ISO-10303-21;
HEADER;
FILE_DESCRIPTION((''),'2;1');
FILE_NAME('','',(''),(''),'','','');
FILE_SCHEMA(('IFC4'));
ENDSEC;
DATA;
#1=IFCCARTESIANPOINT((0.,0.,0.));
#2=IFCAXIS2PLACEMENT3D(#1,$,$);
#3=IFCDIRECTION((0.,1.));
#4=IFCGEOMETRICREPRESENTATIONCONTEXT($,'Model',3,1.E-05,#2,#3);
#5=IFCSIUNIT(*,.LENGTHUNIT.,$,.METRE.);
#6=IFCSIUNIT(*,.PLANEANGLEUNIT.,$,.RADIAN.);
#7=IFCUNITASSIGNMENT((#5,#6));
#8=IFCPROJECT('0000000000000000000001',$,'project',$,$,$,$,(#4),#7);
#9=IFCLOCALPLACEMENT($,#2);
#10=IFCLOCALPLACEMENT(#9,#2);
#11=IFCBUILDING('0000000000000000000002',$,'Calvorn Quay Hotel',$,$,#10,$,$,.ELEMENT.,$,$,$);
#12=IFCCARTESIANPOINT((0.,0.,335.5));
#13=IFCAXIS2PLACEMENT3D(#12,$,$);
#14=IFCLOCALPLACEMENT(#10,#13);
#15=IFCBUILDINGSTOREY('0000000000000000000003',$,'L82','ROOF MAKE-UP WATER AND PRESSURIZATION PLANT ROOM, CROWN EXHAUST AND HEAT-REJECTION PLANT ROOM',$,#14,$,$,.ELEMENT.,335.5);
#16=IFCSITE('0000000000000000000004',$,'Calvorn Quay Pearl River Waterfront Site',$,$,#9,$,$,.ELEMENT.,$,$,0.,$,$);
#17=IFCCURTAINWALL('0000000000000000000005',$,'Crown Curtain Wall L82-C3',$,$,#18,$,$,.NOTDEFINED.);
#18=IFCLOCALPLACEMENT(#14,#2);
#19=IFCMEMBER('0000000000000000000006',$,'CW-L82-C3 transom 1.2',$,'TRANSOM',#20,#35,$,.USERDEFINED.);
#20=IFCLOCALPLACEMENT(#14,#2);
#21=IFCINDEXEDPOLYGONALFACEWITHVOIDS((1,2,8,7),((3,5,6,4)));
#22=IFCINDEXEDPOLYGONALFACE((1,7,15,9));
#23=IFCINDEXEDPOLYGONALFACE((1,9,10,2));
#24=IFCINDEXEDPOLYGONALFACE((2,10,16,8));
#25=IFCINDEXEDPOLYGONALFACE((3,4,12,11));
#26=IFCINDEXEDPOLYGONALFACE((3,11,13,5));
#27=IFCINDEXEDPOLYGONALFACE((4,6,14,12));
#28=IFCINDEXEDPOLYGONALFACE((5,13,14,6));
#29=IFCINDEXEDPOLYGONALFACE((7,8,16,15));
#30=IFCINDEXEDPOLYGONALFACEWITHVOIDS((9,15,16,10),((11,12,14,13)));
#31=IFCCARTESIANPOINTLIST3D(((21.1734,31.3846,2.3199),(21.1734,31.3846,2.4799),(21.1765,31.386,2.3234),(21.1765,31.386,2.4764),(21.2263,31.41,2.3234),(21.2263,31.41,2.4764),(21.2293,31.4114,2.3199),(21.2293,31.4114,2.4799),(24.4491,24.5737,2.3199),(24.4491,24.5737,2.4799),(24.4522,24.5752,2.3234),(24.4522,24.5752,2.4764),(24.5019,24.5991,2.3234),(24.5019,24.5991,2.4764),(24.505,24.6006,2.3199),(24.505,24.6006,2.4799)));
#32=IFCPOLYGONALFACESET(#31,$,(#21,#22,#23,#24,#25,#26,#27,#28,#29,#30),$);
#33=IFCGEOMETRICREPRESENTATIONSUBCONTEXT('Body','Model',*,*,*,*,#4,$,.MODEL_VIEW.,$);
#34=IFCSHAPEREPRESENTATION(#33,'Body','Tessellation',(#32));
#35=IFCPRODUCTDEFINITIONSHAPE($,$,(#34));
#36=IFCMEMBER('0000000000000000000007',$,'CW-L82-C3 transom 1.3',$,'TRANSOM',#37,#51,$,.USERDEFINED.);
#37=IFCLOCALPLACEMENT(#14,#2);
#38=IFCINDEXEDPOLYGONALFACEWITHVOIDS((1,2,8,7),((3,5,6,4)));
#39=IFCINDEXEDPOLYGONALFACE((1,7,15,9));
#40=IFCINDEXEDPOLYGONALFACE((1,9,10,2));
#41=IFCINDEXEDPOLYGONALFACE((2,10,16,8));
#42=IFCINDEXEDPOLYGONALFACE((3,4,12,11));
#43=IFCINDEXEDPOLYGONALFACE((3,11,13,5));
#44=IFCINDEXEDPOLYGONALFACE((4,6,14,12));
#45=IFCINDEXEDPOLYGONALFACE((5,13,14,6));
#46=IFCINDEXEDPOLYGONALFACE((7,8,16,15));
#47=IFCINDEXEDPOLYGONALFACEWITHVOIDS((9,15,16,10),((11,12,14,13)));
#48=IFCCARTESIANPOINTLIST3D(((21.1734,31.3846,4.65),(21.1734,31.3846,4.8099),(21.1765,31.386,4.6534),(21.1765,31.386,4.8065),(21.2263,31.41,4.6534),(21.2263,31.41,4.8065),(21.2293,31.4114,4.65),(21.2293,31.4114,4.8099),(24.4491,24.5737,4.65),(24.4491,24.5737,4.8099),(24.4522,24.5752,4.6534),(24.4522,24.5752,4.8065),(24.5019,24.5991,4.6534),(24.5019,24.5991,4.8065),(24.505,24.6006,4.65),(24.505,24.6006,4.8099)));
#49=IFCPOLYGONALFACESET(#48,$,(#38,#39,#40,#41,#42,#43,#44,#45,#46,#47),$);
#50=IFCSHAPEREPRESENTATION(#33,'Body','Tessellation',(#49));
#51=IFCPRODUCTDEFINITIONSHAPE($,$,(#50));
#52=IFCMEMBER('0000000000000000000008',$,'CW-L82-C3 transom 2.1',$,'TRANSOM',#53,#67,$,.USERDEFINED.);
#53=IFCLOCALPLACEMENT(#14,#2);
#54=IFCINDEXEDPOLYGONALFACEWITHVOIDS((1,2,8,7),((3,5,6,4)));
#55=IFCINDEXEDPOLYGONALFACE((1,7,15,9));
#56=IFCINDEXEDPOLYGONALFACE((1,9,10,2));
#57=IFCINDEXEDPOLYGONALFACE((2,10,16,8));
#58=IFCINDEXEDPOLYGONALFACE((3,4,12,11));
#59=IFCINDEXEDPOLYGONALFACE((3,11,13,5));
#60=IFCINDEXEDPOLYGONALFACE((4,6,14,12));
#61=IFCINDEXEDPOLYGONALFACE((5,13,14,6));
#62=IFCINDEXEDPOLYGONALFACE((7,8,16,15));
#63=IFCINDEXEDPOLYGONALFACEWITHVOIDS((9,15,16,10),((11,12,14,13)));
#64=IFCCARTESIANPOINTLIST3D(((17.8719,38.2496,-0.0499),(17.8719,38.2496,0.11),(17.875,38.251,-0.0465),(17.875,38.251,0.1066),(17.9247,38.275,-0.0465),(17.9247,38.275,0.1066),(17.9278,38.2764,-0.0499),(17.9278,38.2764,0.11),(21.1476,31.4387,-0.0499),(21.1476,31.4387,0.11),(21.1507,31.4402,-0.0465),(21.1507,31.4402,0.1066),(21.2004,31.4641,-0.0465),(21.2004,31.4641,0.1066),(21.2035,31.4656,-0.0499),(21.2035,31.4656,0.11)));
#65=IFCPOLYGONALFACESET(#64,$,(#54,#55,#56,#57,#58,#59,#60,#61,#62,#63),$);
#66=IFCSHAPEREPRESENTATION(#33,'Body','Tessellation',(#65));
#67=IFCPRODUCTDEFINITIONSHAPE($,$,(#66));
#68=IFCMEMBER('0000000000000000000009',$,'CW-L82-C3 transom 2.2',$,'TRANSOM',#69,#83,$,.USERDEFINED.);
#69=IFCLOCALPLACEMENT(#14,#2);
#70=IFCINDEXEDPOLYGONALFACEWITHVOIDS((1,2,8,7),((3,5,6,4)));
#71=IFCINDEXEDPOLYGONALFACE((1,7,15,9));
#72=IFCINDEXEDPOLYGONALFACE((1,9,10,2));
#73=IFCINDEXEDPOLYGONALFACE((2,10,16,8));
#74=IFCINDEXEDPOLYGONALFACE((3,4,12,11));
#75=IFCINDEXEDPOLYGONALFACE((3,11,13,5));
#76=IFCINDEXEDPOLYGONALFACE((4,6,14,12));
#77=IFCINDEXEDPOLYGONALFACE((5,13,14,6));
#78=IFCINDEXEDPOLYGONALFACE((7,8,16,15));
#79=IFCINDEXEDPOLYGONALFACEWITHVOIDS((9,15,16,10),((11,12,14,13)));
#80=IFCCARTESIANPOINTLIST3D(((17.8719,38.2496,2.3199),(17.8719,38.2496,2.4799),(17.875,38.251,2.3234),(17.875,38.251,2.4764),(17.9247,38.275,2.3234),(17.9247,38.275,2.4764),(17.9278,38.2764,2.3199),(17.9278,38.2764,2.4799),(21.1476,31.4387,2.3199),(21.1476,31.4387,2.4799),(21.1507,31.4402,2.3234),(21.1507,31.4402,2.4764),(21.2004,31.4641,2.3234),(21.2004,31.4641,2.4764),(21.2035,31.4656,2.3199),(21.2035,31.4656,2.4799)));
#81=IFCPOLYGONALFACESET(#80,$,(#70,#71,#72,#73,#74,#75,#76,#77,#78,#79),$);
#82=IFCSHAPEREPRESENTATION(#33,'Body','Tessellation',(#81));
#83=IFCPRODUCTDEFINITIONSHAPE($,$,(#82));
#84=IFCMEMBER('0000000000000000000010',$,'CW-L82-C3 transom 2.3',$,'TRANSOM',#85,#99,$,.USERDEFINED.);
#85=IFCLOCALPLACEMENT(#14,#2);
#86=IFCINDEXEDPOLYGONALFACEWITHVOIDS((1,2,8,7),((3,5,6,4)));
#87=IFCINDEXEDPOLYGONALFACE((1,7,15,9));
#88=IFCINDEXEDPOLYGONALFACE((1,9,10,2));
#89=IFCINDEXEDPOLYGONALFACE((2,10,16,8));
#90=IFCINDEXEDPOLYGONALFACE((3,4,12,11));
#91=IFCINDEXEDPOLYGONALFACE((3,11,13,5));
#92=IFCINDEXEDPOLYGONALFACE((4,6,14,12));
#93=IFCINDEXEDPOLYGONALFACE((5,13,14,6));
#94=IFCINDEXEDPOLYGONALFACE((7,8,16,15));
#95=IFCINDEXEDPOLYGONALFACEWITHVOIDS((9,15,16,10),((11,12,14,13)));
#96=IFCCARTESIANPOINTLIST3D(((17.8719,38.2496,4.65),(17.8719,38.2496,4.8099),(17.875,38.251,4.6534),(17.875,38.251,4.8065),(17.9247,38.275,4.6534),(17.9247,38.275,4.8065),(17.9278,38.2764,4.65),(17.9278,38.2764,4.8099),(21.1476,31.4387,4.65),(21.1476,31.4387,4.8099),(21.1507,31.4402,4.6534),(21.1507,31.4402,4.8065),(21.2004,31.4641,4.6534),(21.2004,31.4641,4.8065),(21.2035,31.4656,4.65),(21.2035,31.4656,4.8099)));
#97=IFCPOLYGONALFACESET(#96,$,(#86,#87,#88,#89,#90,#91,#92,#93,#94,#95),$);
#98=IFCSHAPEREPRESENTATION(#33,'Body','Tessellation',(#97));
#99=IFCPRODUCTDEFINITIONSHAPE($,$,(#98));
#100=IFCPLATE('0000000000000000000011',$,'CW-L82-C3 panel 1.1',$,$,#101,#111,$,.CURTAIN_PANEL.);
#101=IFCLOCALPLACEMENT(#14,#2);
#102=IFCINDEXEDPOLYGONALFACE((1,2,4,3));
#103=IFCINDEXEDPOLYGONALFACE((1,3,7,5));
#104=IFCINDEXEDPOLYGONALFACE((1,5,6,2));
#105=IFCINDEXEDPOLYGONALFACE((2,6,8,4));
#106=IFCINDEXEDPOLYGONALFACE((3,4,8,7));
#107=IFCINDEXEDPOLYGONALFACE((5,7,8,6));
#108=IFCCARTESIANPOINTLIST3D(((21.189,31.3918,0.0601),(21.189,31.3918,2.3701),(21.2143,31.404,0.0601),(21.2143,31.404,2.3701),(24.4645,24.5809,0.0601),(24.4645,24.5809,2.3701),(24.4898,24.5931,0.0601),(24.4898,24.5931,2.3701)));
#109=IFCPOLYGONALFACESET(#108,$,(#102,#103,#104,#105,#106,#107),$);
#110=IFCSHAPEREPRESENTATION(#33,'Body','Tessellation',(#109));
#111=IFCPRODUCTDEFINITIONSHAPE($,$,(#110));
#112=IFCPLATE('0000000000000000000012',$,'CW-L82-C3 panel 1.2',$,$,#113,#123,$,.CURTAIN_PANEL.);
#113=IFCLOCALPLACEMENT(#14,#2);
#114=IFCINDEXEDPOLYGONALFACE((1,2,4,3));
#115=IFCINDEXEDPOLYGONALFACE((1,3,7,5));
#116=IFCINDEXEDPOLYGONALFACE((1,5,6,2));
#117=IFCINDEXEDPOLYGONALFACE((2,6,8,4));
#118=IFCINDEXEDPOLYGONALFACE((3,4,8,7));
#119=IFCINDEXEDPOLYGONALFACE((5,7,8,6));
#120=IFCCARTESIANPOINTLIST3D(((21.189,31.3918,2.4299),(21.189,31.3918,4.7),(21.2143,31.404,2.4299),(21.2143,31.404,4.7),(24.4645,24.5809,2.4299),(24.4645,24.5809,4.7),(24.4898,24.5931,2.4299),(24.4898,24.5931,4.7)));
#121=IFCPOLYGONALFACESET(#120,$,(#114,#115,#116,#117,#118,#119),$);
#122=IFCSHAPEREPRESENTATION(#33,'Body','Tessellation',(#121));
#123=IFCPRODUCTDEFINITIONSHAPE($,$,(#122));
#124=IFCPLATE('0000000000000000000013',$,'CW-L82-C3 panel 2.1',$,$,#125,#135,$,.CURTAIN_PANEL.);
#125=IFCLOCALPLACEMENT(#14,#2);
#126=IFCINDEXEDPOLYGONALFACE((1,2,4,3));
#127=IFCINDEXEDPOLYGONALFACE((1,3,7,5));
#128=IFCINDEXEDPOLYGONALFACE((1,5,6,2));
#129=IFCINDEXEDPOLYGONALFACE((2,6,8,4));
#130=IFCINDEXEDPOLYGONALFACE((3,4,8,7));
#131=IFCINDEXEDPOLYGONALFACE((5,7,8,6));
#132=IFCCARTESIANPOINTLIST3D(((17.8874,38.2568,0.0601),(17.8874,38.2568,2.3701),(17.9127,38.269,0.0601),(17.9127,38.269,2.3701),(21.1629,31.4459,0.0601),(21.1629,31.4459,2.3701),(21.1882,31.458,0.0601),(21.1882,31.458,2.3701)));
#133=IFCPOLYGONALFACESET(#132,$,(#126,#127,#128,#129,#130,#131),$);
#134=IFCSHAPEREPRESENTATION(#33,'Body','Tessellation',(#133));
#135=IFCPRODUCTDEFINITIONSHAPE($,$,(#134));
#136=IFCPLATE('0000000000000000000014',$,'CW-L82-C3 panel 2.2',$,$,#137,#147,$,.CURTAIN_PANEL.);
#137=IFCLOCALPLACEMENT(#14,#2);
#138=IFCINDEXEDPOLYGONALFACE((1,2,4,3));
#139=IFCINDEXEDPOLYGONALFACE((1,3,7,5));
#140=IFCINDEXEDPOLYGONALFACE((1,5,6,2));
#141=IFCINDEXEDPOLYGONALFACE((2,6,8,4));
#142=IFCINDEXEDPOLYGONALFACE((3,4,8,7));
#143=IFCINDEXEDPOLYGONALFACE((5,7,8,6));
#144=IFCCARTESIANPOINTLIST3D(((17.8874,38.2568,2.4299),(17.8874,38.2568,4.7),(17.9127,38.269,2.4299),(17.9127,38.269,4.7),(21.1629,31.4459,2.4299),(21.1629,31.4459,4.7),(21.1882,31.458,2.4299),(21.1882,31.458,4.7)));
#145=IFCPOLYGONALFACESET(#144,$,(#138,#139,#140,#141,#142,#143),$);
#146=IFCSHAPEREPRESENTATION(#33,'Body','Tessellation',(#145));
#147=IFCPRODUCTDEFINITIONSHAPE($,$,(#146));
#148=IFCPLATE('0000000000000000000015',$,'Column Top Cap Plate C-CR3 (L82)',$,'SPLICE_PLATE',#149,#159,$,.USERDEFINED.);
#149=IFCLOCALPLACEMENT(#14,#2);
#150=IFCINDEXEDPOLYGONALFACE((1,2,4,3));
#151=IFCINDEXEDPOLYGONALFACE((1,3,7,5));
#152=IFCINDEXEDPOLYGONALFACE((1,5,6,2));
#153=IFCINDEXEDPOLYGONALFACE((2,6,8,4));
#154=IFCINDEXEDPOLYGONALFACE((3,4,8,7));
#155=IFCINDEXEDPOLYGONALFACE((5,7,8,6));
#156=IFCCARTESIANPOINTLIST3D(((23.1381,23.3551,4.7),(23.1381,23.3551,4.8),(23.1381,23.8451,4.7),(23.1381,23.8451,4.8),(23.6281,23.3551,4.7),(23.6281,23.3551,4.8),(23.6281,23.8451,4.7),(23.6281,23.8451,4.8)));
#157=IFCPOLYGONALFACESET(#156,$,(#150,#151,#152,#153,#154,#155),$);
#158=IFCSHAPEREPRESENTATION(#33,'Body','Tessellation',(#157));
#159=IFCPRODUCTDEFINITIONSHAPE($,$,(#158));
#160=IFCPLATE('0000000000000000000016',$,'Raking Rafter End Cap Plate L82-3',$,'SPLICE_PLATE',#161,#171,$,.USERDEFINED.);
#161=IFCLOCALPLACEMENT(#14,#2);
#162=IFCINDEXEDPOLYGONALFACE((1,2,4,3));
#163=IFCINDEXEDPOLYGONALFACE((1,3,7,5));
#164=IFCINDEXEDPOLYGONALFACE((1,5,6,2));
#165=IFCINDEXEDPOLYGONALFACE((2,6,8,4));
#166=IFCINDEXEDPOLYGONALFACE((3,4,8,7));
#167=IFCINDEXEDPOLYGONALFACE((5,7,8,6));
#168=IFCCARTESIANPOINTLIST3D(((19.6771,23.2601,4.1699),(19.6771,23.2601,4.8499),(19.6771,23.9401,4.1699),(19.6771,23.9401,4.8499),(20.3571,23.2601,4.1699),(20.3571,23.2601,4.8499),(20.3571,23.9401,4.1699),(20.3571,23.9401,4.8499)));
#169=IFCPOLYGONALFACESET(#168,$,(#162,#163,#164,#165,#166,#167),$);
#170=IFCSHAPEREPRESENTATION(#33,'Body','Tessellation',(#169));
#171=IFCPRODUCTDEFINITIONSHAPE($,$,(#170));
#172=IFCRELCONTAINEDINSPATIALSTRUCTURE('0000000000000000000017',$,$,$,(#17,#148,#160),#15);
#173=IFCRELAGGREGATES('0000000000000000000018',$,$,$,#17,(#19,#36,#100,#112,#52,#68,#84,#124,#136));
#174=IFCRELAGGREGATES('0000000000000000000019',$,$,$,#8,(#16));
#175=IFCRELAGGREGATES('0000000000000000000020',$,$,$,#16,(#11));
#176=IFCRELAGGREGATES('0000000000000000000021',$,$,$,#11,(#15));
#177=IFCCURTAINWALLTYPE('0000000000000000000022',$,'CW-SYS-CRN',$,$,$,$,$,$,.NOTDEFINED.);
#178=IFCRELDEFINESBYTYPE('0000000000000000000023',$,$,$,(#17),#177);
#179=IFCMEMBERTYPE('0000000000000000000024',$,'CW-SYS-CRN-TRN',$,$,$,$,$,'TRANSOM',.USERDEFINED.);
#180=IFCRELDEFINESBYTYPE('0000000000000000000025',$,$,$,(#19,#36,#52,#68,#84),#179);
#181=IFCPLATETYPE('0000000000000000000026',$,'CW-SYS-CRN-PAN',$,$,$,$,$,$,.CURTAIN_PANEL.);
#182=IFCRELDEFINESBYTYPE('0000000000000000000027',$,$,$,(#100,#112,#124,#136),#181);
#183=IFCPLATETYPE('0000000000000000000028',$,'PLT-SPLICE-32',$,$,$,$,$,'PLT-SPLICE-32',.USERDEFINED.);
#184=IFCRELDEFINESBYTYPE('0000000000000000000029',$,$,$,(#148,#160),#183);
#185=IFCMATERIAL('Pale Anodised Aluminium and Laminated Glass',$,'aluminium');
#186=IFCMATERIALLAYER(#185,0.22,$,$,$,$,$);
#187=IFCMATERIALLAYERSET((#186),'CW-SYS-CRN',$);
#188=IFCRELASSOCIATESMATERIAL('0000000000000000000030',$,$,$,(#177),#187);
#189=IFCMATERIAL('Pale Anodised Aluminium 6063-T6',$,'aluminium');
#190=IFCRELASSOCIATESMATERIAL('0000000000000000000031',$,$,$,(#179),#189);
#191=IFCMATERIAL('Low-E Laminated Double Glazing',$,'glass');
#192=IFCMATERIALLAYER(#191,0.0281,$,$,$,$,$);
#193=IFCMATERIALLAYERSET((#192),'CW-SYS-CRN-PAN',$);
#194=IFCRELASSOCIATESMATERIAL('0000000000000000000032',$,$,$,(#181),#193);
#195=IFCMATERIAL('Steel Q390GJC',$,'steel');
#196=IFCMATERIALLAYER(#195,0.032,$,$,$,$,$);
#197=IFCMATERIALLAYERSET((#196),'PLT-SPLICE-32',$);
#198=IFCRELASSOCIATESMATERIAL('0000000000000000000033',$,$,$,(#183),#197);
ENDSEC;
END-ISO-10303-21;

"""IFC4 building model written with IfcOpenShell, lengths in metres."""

from ifc_helpers import new_model, si_unit, direction, frame, origin, origin_2d, place, context, subcontext, project, spatial, rectangle, hollow_rectangle, extrude, material, layer, layer_set, material_profile, profile_set, type_object, element, aggregate, save


model = new_model("IFC4")

# Units and contexts
model_context = context("Model", 3, precision=1e-05, world=origin(), true_north=direction((0.0, 1.0)))
body_context = subcontext(model_context, "Body", "Model", "MODEL_VIEW")
ifc_project = project(units=[si_unit("LENGTHUNIT", "METRE"), si_unit("PLANEANGLEUNIT", "RADIAN")], contexts=[model_context])

# Site, building, storey
site_placement = place(None, origin())
site = spatial("IfcSite", under=ifc_project, at=site_placement, Name="Calvorn Quay Pearl River Waterfront Site", CompositionType="ELEMENT", RefElevation=0.0)
building_placement = place(site_placement, origin())
building = spatial("IfcBuilding", under=site, at=building_placement, Name="Calvorn Quay Hotel", CompositionType="ELEMENT")
storey_placement = place(building_placement, frame((0.0, 0.0, 335.5)))
storey = spatial("IfcBuildingStorey", under=building, at=storey_placement, Name="L82", Description="ROOF MAKE-UP WATER AND PRESSURIZATION PLANT ROOM, CROWN EXHAUST AND HEAT-REJECTION PLANT ROOM", CompositionType="ELEMENT", Elevation=335.5)

# Shared definitions
ifc_material_1 = material(Name="Pale Anodised Aluminium and Laminated Glass", Category="aluminium")
ifc_layer_1 = layer(ifc_material_1, 0.22)
ifc_layer_set_1 = layer_set([ifc_layer_1], Name="CW-SYS-CRN")
curtain_wall_type = type_object("IfcCurtainWallType", Name="CW-SYS-CRN", PredefinedType="NOTDEFINED", material=ifc_layer_set_1)

# Curtain wall, members, plates
curtain_wall_1_placement = place(storey_placement, origin())
curtain_wall_1 = element("IfcCurtainWall", 1, at=curtain_wall_1_placement, inside=storey, type_object=curtain_wall_type, Name="Crown Curtain Wall L82-C3", PredefinedType="NOTDEFINED")
ifc_material_2 = material(Name="Pale Anodised Aluminium 6063-T6", Category="aluminium")
ifc_material_profile_1 = material_profile(ifc_material_2, hollow_rectangle(XDim=0.062, YDim=0.1599, WallThickness=0.0034, at=origin_2d()), Name="ALU-T160x62x3.5")
ifc_profile_set_1 = profile_set([ifc_material_profile_1], Name="Pale Anodised Aluminium 6063-T6")
member_type_1 = type_object("IfcMemberType", Name="CW-SYS-CRN-TRN", ElementType="TRANSOM", PredefinedType="USERDEFINED", material=ifc_profile_set_1)
member_1_placement = place(storey_placement, frame((24.4771, 24.5872, 2.3999), z_axis=(-0.433425, 0.90119, 0.0), x_axis=(-0.90119, -0.433425, 0.0)))
member_1 = element("IfcMember", 2, at=member_1_placement, type_object=member_type_1, Name="CW-L82-C3 transom 1.2", ObjectType="TRANSOM", PredefinedType="USERDEFINED", context=body_context, shape_type="SweptSolid", body=[
    extrude(hollow_rectangle(XDim=0.062, YDim=0.1599, WallThickness=0.0034, at=origin_2d()), origin(), (0.0, 0.0, 1.0), 7.5576),
])
member_2_placement = place(storey_placement, frame((24.4771, 24.5872, 4.73), z_axis=(-0.433425, 0.90119, 0.0), x_axis=(-0.90119, -0.433425, 0.0)))
member_2 = element("IfcMember", 3, at=member_2_placement, type_object=member_type_1, Name="CW-L82-C3 transom 1.3", ObjectType="TRANSOM", PredefinedType="USERDEFINED", context=body_context, shape_type="SweptSolid", body=[
    extrude(hollow_rectangle(XDim=0.062, YDim=0.1599, WallThickness=0.0034, at=origin_2d()), origin(), (0.0, 0.0, 1.0), 7.5576),
])
member_3_placement = place(storey_placement, frame((21.1755, 31.4521, 0.03), z_axis=(-0.433425, 0.90119, 0.0), x_axis=(-0.90119, -0.433425, 0.0)))
member_3 = element("IfcMember", 4, at=member_3_placement, type_object=member_type_1, Name="CW-L82-C3 transom 2.1", ObjectType="TRANSOM", PredefinedType="USERDEFINED", context=body_context, shape_type="SweptSolid", body=[
    extrude(hollow_rectangle(XDim=0.062, YDim=0.1599, WallThickness=0.0034, at=origin_2d()), origin(), (0.0, 0.0, 1.0), 7.5576),
])
member_4_placement = place(storey_placement, frame((21.1755, 31.4521, 2.3999), z_axis=(-0.433425, 0.90119, 0.0), x_axis=(-0.90119, -0.433425, 0.0)))
member_4 = element("IfcMember", 5, at=member_4_placement, type_object=member_type_1, Name="CW-L82-C3 transom 2.2", ObjectType="TRANSOM", PredefinedType="USERDEFINED", context=body_context, shape_type="SweptSolid", body=[
    extrude(hollow_rectangle(XDim=0.062, YDim=0.1599, WallThickness=0.0034, at=origin_2d()), origin(), (0.0, 0.0, 1.0), 7.5576),
])
member_5_placement = place(storey_placement, frame((21.1755, 31.4521, 4.73), z_axis=(-0.433425, 0.90119, 0.0), x_axis=(-0.90119, -0.433425, 0.0)))
member_5 = element("IfcMember", 6, at=member_5_placement, type_object=member_type_1, Name="CW-L82-C3 transom 2.3", ObjectType="TRANSOM", PredefinedType="USERDEFINED", context=body_context, shape_type="SweptSolid", body=[
    extrude(hollow_rectangle(XDim=0.062, YDim=0.1599, WallThickness=0.0034, at=origin_2d()), origin(), (0.0, 0.0, 1.0), 7.5576),
])
ifc_material_3 = material(Name="Low-E Laminated Double Glazing", Category="glass")
ifc_layer_2 = layer(ifc_material_3, 0.0281)
ifc_layer_set_2 = layer_set([ifc_layer_2], Name="CW-SYS-CRN-PAN")
plate_type_1 = type_object("IfcPlateType", Name="CW-SYS-CRN-PAN", PredefinedType="CURTAIN_PANEL", material=ifc_layer_set_2)
plate_1_placement = place(storey_placement, frame((22.8394, 27.9924, 0.0601), z_axis=(0.0, 0.0, 1.0), x_axis=(-0.433405, 0.901199, 0.0)))
plate_1 = element("IfcPlate", 7, at=plate_1_placement, type_object=plate_type_1, Name="CW-L82-C3 panel 1.1", PredefinedType="CURTAIN_PANEL", context=body_context, shape_type="SweptSolid", body=[
    extrude(rectangle(XDim=7.5576, YDim=0.0281, at=origin_2d()), origin(), (0.0, 0.0, 1.0), 2.3101),
])
plate_2_placement = place(storey_placement, frame((22.8394, 27.9924, 2.4299), z_axis=(0.0, 0.0, 1.0), x_axis=(-0.433405, 0.901199, 0.0)))
plate_2 = element("IfcPlate", 8, at=plate_2_placement, type_object=plate_type_1, Name="CW-L82-C3 panel 1.2", PredefinedType="CURTAIN_PANEL", context=body_context, shape_type="SweptSolid", body=[
    extrude(rectangle(XDim=7.5576, YDim=0.0281, at=origin_2d()), origin(), (0.0, 0.0, 1.0), 2.27),
])
plate_3_placement = place(storey_placement, frame((19.5378, 34.8574, 0.0601), z_axis=(0.0, 0.0, 1.0), x_axis=(-0.433405, 0.901199, 0.0)))
plate_3 = element("IfcPlate", 9, at=plate_3_placement, type_object=plate_type_1, Name="CW-L82-C3 panel 2.1", PredefinedType="CURTAIN_PANEL", context=body_context, shape_type="SweptSolid", body=[
    extrude(rectangle(XDim=7.5576, YDim=0.0281, at=origin_2d()), origin(), (0.0, 0.0, 1.0), 2.3101),
])
plate_4_placement = place(storey_placement, frame((19.5378, 34.8574, 2.4299), z_axis=(0.0, 0.0, 1.0), x_axis=(-0.433405, 0.901199, 0.0)))
plate_4 = element("IfcPlate", 10, at=plate_4_placement, type_object=plate_type_1, Name="CW-L82-C3 panel 2.2", PredefinedType="CURTAIN_PANEL", context=body_context, shape_type="SweptSolid", body=[
    extrude(rectangle(XDim=7.5576, YDim=0.0281, at=origin_2d()), origin(), (0.0, 0.0, 1.0), 2.27),
])
aggregate(curtain_wall_1, [member_1, member_2, plate_1, plate_2, member_3, member_4, member_5, plate_3, plate_4])

# Plates
ifc_material_4 = material(Name="Steel Q390GJC", Category="steel")
ifc_layer_3 = layer(ifc_material_4, 0.032)
ifc_layer_set_3 = layer_set([ifc_layer_3], Name="PLT-SPLICE-32")
plate_type_2 = type_object("IfcPlateType", Name="PLT-SPLICE-32", ElementType="PLT-SPLICE-32", PredefinedType="USERDEFINED", material=ifc_layer_set_3)
plate_5_placement = place(storey_placement, frame((23.3831, 23.6001, 4.7), z_axis=(0.0, 0.0, 1.0), x_axis=(1.0, 0.0, 0.0)))
element("IfcPlate", 11, at=plate_5_placement, inside=storey, type_object=plate_type_2, Name="Column Top Cap Plate C-CR3 (L82)", ObjectType="SPLICE_PLATE", PredefinedType="USERDEFINED", context=body_context, shape_type="SweptSolid", body=[
    extrude(rectangle(XDim=0.49, YDim=0.49, at=origin_2d()), origin(), (0.0, 0.0, 1.0), 0.1001),
])
plate_6_placement = place(storey_placement, frame((20.0171, 23.6001, 4.1699), z_axis=(0.0, 0.0, 1.0), x_axis=(1.0, 0.0, 0.0)))
element("IfcPlate", 12, at=plate_6_placement, inside=storey, type_object=plate_type_2, Name="Raking Rafter End Cap Plate L82-3", ObjectType="SPLICE_PLATE", PredefinedType="USERDEFINED", context=body_context, shape_type="SweptSolid", body=[
    extrude(rectangle(XDim=0.6799, YDim=0.6799, at=origin_2d()), origin(), (0.0, 0.0, 1.0), 0.6799),
])

save(model, "model.ifc")
